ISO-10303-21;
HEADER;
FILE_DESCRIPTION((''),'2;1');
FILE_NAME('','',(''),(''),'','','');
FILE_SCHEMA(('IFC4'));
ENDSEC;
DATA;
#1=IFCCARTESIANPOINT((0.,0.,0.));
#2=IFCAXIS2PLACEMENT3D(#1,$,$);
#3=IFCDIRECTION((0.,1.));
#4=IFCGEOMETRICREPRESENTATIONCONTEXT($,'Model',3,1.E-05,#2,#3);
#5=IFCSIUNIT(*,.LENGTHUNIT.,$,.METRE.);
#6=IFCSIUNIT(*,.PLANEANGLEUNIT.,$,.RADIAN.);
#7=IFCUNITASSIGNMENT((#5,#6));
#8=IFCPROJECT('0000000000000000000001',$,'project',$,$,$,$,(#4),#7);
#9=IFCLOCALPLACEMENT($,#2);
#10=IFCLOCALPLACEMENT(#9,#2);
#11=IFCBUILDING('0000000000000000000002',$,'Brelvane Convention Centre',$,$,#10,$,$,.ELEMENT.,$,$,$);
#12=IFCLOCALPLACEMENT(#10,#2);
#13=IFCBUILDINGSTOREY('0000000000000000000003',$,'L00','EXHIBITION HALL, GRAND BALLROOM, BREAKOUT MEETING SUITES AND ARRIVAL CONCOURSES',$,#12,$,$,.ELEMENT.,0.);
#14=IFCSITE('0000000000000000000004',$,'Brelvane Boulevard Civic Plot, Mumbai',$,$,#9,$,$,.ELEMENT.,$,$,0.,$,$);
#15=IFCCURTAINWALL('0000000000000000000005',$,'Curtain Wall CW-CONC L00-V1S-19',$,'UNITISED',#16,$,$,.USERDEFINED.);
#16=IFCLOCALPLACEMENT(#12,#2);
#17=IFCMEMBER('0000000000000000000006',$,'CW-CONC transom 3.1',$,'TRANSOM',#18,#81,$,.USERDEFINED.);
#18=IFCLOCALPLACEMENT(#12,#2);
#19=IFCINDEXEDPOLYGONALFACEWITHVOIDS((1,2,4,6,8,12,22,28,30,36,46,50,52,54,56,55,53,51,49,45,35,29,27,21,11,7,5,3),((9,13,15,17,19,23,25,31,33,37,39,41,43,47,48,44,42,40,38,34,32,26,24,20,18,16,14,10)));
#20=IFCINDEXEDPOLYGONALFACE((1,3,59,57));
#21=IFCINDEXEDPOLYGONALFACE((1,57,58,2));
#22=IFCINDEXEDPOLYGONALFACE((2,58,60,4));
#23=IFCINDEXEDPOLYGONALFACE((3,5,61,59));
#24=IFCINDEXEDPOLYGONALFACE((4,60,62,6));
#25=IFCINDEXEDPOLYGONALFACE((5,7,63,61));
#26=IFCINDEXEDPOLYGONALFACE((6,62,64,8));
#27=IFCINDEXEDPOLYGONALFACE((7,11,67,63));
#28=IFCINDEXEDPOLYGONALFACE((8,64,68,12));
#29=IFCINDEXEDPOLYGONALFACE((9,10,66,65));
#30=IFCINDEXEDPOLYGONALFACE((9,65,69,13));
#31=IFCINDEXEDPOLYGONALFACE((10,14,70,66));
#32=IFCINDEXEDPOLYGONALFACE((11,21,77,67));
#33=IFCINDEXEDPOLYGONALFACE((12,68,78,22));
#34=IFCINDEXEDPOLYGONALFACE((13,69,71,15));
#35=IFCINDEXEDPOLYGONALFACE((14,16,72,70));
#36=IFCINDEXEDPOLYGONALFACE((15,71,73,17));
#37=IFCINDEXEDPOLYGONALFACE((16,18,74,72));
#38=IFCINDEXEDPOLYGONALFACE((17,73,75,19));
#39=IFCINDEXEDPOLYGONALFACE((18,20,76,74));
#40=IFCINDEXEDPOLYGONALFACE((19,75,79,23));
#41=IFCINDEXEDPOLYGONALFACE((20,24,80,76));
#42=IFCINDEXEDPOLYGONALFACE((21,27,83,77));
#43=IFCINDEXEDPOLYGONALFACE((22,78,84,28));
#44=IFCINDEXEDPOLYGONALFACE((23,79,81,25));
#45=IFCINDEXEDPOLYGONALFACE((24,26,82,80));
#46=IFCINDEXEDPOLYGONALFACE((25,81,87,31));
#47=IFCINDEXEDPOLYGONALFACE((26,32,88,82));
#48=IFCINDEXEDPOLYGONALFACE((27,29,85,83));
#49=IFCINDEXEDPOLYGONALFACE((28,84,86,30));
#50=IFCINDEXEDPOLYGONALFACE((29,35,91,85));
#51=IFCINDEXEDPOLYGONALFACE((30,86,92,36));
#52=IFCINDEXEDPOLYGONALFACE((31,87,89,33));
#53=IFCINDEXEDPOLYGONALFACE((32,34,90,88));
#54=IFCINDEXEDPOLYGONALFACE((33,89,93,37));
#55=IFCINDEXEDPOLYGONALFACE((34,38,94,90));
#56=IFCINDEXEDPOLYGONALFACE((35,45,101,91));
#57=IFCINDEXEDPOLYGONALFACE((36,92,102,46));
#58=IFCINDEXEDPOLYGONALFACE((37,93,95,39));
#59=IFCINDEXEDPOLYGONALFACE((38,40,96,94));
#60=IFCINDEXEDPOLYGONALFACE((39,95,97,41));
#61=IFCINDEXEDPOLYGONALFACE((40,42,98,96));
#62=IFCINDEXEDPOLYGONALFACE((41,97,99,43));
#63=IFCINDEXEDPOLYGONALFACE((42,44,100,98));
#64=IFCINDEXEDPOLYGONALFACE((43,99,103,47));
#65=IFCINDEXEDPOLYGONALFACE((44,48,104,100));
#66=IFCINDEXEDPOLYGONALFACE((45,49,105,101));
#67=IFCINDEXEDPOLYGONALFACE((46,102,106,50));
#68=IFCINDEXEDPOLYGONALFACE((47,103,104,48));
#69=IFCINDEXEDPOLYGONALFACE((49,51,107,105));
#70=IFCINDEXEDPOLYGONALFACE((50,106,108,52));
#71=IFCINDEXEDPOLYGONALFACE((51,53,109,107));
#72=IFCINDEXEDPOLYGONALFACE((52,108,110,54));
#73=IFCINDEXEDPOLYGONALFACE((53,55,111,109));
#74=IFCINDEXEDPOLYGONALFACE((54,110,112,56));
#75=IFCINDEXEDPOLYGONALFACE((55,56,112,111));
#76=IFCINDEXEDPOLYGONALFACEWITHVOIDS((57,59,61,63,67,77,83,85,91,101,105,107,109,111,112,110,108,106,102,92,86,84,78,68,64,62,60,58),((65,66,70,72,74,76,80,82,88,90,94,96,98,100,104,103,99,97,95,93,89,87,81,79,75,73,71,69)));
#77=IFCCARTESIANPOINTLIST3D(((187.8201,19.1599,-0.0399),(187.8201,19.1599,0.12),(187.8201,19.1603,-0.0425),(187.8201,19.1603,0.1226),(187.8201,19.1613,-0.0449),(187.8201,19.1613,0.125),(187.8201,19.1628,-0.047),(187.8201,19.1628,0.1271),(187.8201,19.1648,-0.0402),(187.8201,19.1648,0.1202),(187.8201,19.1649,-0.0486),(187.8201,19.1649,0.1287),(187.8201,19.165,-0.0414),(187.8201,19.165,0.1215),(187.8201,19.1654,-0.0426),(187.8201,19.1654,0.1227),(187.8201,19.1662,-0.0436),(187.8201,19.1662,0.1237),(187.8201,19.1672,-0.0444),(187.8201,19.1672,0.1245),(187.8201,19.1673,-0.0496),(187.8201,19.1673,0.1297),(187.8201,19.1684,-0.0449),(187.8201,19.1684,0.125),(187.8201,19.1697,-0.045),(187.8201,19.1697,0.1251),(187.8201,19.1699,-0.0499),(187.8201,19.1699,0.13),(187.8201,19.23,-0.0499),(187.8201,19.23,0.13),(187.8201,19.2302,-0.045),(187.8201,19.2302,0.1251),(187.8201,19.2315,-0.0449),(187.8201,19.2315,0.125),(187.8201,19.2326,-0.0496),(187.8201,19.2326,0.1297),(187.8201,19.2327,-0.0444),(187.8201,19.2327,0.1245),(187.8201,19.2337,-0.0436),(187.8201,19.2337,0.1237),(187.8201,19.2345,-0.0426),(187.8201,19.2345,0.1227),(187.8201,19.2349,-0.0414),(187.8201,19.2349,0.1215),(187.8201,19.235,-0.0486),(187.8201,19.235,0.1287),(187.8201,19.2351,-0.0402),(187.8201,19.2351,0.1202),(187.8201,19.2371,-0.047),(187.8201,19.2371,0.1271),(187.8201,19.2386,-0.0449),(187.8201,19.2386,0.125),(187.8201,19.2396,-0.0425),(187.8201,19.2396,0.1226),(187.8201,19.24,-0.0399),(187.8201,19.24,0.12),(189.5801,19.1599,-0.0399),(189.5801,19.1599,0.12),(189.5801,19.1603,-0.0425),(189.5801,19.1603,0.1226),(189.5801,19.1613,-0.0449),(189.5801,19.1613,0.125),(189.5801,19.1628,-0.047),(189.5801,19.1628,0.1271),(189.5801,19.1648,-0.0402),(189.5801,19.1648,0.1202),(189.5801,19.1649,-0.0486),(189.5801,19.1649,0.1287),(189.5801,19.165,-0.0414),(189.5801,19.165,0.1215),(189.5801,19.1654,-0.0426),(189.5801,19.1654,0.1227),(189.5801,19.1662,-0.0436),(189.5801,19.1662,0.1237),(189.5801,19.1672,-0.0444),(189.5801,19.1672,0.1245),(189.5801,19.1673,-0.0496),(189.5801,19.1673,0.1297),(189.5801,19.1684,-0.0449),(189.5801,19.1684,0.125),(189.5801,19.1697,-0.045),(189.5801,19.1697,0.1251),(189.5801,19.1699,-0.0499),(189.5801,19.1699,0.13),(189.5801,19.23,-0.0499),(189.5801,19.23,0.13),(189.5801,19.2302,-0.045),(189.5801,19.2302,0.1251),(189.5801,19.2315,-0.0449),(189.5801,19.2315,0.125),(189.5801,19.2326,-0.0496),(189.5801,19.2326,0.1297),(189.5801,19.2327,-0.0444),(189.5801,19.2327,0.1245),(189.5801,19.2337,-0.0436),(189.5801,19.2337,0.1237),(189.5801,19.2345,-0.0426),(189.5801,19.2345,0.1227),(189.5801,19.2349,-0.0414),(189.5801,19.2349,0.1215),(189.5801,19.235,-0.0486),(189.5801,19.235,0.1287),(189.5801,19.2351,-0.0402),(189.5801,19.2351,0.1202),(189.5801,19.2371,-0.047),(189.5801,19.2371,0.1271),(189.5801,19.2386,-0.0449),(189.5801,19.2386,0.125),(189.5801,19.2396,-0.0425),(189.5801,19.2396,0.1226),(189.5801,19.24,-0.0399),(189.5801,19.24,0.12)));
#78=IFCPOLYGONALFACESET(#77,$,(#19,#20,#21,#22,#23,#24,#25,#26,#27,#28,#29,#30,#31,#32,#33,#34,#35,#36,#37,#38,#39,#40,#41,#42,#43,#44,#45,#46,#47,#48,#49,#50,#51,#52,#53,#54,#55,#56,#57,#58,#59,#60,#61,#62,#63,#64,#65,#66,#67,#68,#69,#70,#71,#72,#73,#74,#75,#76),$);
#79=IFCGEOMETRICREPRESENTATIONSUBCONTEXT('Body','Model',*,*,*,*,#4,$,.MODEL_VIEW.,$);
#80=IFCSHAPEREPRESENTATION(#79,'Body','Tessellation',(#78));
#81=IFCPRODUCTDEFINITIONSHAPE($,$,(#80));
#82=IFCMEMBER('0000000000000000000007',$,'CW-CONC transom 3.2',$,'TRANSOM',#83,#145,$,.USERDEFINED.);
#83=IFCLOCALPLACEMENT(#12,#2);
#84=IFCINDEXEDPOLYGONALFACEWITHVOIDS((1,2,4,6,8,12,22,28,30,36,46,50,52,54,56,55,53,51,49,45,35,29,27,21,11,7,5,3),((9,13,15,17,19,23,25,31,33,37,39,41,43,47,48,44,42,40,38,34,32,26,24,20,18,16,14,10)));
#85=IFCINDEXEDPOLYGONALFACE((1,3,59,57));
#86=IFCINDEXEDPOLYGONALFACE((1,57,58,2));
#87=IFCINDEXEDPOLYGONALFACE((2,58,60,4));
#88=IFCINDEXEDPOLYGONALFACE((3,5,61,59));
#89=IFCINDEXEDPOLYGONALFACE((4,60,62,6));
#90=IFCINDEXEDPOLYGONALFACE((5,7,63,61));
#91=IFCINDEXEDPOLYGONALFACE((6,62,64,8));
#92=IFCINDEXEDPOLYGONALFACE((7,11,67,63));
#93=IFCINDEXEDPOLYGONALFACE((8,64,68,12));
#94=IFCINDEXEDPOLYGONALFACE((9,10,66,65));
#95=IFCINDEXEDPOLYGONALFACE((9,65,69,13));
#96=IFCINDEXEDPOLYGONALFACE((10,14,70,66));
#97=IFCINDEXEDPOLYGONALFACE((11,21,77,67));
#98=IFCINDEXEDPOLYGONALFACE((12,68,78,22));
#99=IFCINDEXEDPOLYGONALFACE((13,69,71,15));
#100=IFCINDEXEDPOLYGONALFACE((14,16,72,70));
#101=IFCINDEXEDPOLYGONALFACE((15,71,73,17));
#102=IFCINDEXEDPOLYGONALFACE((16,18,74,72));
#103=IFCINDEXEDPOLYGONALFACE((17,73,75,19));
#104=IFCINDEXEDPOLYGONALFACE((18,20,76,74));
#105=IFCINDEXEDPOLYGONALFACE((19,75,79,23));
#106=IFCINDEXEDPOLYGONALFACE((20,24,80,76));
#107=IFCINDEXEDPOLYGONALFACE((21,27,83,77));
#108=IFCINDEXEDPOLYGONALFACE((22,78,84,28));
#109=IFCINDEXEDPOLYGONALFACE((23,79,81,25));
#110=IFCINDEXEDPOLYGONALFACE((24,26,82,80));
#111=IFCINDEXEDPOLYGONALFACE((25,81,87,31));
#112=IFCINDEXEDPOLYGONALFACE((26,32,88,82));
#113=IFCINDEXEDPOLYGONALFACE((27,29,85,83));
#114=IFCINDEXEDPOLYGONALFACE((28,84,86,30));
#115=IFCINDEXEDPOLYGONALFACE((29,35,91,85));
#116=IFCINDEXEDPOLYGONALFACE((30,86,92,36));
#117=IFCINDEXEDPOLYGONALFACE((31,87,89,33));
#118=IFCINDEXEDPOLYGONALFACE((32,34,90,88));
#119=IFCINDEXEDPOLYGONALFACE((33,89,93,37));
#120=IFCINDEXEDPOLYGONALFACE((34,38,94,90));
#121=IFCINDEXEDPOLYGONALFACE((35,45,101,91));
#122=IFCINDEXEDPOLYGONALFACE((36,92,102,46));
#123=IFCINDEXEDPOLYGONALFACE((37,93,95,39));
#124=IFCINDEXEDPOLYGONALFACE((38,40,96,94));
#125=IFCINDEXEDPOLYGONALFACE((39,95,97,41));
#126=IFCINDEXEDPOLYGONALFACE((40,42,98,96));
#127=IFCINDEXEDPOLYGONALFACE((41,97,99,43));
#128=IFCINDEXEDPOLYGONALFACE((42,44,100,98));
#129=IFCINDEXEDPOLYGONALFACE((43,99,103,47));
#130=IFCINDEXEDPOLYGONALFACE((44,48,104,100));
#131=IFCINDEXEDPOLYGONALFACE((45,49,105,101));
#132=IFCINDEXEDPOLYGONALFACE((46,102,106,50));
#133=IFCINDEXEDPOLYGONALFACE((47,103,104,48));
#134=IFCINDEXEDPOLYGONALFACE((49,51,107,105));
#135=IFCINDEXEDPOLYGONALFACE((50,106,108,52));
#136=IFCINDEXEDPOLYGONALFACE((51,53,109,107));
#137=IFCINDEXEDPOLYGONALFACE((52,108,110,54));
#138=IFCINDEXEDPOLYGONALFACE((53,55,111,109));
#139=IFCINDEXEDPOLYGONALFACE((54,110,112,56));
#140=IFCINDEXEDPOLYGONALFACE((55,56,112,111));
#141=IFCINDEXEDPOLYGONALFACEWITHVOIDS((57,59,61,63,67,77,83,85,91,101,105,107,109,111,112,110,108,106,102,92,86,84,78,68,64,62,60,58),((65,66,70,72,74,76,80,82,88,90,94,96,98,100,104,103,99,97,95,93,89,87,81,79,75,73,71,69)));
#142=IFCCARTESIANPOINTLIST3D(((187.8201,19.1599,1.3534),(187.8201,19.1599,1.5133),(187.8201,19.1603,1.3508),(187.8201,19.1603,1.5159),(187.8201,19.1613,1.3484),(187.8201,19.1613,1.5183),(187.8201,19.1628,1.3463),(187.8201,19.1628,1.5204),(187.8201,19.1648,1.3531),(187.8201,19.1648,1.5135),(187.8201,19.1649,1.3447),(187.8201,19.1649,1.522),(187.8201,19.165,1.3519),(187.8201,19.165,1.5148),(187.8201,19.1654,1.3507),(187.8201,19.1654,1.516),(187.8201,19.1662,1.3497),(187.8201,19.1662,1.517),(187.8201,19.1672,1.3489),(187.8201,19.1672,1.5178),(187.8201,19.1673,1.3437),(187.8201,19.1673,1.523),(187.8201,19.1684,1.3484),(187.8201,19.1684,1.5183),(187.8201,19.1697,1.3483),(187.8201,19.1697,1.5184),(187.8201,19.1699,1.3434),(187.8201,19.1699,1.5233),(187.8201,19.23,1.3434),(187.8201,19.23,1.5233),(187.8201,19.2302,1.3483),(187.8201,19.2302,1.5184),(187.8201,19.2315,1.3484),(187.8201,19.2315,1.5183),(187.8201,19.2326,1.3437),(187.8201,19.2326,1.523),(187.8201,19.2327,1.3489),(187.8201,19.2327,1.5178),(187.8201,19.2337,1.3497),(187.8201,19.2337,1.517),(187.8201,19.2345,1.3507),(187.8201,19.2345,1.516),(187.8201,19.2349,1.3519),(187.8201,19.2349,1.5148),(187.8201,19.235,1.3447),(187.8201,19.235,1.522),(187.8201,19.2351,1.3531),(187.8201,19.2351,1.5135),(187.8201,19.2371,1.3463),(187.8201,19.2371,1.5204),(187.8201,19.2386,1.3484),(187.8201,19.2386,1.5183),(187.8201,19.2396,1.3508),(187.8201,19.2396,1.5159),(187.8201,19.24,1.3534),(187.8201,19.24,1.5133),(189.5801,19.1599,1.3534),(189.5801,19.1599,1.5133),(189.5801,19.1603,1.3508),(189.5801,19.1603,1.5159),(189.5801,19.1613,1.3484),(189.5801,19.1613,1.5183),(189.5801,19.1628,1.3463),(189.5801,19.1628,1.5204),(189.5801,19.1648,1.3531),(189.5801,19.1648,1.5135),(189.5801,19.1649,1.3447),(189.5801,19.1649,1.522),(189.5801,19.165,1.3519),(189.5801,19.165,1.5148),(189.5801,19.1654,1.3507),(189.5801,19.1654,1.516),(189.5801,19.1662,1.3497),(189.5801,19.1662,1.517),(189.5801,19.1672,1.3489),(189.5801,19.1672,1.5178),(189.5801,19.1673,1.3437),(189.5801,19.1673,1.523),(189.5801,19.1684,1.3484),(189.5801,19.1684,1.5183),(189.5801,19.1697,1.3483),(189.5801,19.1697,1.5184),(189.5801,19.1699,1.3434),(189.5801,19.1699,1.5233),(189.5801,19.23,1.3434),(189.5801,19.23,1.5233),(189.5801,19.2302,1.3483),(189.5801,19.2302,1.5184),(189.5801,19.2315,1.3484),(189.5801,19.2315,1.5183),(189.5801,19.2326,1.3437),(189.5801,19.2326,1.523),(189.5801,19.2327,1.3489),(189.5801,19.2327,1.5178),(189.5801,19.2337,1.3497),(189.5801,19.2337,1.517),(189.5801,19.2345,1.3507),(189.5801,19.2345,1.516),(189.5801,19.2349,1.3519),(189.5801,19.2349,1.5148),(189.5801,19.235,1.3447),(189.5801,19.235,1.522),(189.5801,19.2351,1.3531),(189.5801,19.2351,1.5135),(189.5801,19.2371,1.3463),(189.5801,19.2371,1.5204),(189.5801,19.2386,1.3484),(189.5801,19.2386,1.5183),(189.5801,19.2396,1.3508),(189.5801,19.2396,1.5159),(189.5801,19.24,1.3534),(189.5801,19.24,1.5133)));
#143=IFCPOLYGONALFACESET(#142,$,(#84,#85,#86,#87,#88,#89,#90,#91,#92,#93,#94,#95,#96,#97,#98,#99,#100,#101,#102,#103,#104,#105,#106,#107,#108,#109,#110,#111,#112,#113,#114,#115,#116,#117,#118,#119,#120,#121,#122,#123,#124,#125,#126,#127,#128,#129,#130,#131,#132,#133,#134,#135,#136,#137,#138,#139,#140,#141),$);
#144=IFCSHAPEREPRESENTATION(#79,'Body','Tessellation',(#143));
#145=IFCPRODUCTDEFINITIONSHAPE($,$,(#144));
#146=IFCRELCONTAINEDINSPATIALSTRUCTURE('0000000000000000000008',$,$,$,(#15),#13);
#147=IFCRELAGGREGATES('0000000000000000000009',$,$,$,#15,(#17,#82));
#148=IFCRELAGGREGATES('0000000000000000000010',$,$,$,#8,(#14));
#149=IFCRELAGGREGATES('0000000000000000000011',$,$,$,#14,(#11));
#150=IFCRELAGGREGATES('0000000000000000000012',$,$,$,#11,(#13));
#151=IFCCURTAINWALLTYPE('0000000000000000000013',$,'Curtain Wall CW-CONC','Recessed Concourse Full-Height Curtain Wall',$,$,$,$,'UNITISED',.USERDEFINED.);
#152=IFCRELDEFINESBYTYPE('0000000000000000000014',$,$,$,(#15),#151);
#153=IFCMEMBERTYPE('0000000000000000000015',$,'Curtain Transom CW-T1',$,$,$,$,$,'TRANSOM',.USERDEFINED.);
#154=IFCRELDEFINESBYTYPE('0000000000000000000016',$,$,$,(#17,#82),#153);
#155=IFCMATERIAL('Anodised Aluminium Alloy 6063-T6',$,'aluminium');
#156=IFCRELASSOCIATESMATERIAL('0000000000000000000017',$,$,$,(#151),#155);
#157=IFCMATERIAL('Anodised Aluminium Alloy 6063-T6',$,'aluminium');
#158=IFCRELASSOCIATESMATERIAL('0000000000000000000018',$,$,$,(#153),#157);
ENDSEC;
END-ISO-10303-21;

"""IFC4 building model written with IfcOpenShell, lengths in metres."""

from ifc_helpers import new_model, si_unit, direction, frame, origin, origin_2d, place, context, subcontext, project, spatial, hollow_rectangle, extrude, material, material_profile, profile_set, type_object, element, aggregate, save


model = new_model("IFC4")

# Units and contexts
model_context = context("Model", 3, precision=1e-05, world=origin(), true_north=direction((0.0, 1.0)))
body_context = subcontext(model_context, "Body", "Model", "MODEL_VIEW")
ifc_project = project(units=[si_unit("LENGTHUNIT", "METRE"), si_unit("PLANEANGLEUNIT", "RADIAN")], contexts=[model_context])

# Site, building, storey
site_placement = place(None, origin())
site = spatial("IfcSite", under=ifc_project, at=site_placement, Name="Brelvane Boulevard Civic Plot, Mumbai", CompositionType="ELEMENT", RefElevation=0.0)
building_placement = place(site_placement, origin())
building = spatial("IfcBuilding", under=site, at=building_placement, Name="Brelvane Convention Centre", CompositionType="ELEMENT")
storey_placement = place(building_placement, origin())
storey = spatial("IfcBuildingStorey", under=building, at=storey_placement, Name="L00", Description="EXHIBITION HALL, GRAND BALLROOM, BREAKOUT MEETING SUITES AND ARRIVAL CONCOURSES", CompositionType="ELEMENT", Elevation=0.0)

# Curtain wall, members
ifc_material_1 = material(Name="Anodised Aluminium Alloy 6063-T6", Category="aluminium")
curtain_wall_type = type_object("IfcCurtainWallType", Name="Curtain Wall CW-CONC", Description="Recessed Concourse Full-Height Curtain Wall", ElementType="UNITISED", PredefinedType="USERDEFINED", material=ifc_material_1)
curtain_wall_placement = place(storey_placement, origin())
curtain_wall = element("IfcCurtainWall", 1, at=curtain_wall_placement, inside=storey, type_object=curtain_wall_type, Name="Curtain Wall CW-CONC L00-V1S-19", ObjectType="UNITISED", PredefinedType="USERDEFINED")
ifc_material_2 = material(Name="Anodised Aluminium Alloy 6063-T6", Category="aluminium")
ifc_material_profile_1 = material_profile(ifc_material_2, hollow_rectangle(XDim=0.0801, YDim=0.1799, WallThickness=0.0049, InnerFilletRadius=0.0049, OuterFilletRadius=0.01, at=origin_2d()), Name="ALU-T 180x80x5.0")
ifc_profile_set_1 = profile_set([ifc_material_profile_1], Name="Anodised Aluminium Alloy 6063-T6")
member_type_1 = type_object("IfcMemberType", Name="Curtain Transom CW-T1", ElementType="TRANSOM", PredefinedType="USERDEFINED", material=ifc_profile_set_1)
member_1_placement = place(storey_placement, frame((187.8201, 19.2, 0.04), z_axis=(1.0, 0.0, 0.0), x_axis=(0.0, 1.0, 0.0)))
member_1 = element("IfcMember", 2, at=member_1_placement, type_object=member_type_1, Name="CW-CONC transom 3.1", ObjectType="TRANSOM", PredefinedType="USERDEFINED", context=body_context, shape_type="SweptSolid", body=[
    extrude(hollow_rectangle(XDim=0.0801, YDim=0.1799, WallThickness=0.0049, InnerFilletRadius=0.0049, OuterFilletRadius=0.01, at=origin_2d()), origin(), (0.0, 0.0, 1.0), 1.76),
])
member_2_placement = place(storey_placement, frame((187.8201, 19.2, 1.4333), z_axis=(1.0, 0.0, 0.0), x_axis=(0.0, 1.0, 0.0)))
member_2 = element("IfcMember", 3, at=member_2_placement, type_object=member_type_1, Name="CW-CONC transom 3.2", ObjectType="TRANSOM", PredefinedType="USERDEFINED", context=body_context, shape_type="SweptSolid", body=[
    extrude(hollow_rectangle(XDim=0.0801, YDim=0.1799, WallThickness=0.0049, InnerFilletRadius=0.0049, OuterFilletRadius=0.01, at=origin_2d()), origin(), (0.0, 0.0, 1.0), 1.76),
])
aggregate(curtain_wall, [member_1, member_2])

save(model, "model.ifc")
